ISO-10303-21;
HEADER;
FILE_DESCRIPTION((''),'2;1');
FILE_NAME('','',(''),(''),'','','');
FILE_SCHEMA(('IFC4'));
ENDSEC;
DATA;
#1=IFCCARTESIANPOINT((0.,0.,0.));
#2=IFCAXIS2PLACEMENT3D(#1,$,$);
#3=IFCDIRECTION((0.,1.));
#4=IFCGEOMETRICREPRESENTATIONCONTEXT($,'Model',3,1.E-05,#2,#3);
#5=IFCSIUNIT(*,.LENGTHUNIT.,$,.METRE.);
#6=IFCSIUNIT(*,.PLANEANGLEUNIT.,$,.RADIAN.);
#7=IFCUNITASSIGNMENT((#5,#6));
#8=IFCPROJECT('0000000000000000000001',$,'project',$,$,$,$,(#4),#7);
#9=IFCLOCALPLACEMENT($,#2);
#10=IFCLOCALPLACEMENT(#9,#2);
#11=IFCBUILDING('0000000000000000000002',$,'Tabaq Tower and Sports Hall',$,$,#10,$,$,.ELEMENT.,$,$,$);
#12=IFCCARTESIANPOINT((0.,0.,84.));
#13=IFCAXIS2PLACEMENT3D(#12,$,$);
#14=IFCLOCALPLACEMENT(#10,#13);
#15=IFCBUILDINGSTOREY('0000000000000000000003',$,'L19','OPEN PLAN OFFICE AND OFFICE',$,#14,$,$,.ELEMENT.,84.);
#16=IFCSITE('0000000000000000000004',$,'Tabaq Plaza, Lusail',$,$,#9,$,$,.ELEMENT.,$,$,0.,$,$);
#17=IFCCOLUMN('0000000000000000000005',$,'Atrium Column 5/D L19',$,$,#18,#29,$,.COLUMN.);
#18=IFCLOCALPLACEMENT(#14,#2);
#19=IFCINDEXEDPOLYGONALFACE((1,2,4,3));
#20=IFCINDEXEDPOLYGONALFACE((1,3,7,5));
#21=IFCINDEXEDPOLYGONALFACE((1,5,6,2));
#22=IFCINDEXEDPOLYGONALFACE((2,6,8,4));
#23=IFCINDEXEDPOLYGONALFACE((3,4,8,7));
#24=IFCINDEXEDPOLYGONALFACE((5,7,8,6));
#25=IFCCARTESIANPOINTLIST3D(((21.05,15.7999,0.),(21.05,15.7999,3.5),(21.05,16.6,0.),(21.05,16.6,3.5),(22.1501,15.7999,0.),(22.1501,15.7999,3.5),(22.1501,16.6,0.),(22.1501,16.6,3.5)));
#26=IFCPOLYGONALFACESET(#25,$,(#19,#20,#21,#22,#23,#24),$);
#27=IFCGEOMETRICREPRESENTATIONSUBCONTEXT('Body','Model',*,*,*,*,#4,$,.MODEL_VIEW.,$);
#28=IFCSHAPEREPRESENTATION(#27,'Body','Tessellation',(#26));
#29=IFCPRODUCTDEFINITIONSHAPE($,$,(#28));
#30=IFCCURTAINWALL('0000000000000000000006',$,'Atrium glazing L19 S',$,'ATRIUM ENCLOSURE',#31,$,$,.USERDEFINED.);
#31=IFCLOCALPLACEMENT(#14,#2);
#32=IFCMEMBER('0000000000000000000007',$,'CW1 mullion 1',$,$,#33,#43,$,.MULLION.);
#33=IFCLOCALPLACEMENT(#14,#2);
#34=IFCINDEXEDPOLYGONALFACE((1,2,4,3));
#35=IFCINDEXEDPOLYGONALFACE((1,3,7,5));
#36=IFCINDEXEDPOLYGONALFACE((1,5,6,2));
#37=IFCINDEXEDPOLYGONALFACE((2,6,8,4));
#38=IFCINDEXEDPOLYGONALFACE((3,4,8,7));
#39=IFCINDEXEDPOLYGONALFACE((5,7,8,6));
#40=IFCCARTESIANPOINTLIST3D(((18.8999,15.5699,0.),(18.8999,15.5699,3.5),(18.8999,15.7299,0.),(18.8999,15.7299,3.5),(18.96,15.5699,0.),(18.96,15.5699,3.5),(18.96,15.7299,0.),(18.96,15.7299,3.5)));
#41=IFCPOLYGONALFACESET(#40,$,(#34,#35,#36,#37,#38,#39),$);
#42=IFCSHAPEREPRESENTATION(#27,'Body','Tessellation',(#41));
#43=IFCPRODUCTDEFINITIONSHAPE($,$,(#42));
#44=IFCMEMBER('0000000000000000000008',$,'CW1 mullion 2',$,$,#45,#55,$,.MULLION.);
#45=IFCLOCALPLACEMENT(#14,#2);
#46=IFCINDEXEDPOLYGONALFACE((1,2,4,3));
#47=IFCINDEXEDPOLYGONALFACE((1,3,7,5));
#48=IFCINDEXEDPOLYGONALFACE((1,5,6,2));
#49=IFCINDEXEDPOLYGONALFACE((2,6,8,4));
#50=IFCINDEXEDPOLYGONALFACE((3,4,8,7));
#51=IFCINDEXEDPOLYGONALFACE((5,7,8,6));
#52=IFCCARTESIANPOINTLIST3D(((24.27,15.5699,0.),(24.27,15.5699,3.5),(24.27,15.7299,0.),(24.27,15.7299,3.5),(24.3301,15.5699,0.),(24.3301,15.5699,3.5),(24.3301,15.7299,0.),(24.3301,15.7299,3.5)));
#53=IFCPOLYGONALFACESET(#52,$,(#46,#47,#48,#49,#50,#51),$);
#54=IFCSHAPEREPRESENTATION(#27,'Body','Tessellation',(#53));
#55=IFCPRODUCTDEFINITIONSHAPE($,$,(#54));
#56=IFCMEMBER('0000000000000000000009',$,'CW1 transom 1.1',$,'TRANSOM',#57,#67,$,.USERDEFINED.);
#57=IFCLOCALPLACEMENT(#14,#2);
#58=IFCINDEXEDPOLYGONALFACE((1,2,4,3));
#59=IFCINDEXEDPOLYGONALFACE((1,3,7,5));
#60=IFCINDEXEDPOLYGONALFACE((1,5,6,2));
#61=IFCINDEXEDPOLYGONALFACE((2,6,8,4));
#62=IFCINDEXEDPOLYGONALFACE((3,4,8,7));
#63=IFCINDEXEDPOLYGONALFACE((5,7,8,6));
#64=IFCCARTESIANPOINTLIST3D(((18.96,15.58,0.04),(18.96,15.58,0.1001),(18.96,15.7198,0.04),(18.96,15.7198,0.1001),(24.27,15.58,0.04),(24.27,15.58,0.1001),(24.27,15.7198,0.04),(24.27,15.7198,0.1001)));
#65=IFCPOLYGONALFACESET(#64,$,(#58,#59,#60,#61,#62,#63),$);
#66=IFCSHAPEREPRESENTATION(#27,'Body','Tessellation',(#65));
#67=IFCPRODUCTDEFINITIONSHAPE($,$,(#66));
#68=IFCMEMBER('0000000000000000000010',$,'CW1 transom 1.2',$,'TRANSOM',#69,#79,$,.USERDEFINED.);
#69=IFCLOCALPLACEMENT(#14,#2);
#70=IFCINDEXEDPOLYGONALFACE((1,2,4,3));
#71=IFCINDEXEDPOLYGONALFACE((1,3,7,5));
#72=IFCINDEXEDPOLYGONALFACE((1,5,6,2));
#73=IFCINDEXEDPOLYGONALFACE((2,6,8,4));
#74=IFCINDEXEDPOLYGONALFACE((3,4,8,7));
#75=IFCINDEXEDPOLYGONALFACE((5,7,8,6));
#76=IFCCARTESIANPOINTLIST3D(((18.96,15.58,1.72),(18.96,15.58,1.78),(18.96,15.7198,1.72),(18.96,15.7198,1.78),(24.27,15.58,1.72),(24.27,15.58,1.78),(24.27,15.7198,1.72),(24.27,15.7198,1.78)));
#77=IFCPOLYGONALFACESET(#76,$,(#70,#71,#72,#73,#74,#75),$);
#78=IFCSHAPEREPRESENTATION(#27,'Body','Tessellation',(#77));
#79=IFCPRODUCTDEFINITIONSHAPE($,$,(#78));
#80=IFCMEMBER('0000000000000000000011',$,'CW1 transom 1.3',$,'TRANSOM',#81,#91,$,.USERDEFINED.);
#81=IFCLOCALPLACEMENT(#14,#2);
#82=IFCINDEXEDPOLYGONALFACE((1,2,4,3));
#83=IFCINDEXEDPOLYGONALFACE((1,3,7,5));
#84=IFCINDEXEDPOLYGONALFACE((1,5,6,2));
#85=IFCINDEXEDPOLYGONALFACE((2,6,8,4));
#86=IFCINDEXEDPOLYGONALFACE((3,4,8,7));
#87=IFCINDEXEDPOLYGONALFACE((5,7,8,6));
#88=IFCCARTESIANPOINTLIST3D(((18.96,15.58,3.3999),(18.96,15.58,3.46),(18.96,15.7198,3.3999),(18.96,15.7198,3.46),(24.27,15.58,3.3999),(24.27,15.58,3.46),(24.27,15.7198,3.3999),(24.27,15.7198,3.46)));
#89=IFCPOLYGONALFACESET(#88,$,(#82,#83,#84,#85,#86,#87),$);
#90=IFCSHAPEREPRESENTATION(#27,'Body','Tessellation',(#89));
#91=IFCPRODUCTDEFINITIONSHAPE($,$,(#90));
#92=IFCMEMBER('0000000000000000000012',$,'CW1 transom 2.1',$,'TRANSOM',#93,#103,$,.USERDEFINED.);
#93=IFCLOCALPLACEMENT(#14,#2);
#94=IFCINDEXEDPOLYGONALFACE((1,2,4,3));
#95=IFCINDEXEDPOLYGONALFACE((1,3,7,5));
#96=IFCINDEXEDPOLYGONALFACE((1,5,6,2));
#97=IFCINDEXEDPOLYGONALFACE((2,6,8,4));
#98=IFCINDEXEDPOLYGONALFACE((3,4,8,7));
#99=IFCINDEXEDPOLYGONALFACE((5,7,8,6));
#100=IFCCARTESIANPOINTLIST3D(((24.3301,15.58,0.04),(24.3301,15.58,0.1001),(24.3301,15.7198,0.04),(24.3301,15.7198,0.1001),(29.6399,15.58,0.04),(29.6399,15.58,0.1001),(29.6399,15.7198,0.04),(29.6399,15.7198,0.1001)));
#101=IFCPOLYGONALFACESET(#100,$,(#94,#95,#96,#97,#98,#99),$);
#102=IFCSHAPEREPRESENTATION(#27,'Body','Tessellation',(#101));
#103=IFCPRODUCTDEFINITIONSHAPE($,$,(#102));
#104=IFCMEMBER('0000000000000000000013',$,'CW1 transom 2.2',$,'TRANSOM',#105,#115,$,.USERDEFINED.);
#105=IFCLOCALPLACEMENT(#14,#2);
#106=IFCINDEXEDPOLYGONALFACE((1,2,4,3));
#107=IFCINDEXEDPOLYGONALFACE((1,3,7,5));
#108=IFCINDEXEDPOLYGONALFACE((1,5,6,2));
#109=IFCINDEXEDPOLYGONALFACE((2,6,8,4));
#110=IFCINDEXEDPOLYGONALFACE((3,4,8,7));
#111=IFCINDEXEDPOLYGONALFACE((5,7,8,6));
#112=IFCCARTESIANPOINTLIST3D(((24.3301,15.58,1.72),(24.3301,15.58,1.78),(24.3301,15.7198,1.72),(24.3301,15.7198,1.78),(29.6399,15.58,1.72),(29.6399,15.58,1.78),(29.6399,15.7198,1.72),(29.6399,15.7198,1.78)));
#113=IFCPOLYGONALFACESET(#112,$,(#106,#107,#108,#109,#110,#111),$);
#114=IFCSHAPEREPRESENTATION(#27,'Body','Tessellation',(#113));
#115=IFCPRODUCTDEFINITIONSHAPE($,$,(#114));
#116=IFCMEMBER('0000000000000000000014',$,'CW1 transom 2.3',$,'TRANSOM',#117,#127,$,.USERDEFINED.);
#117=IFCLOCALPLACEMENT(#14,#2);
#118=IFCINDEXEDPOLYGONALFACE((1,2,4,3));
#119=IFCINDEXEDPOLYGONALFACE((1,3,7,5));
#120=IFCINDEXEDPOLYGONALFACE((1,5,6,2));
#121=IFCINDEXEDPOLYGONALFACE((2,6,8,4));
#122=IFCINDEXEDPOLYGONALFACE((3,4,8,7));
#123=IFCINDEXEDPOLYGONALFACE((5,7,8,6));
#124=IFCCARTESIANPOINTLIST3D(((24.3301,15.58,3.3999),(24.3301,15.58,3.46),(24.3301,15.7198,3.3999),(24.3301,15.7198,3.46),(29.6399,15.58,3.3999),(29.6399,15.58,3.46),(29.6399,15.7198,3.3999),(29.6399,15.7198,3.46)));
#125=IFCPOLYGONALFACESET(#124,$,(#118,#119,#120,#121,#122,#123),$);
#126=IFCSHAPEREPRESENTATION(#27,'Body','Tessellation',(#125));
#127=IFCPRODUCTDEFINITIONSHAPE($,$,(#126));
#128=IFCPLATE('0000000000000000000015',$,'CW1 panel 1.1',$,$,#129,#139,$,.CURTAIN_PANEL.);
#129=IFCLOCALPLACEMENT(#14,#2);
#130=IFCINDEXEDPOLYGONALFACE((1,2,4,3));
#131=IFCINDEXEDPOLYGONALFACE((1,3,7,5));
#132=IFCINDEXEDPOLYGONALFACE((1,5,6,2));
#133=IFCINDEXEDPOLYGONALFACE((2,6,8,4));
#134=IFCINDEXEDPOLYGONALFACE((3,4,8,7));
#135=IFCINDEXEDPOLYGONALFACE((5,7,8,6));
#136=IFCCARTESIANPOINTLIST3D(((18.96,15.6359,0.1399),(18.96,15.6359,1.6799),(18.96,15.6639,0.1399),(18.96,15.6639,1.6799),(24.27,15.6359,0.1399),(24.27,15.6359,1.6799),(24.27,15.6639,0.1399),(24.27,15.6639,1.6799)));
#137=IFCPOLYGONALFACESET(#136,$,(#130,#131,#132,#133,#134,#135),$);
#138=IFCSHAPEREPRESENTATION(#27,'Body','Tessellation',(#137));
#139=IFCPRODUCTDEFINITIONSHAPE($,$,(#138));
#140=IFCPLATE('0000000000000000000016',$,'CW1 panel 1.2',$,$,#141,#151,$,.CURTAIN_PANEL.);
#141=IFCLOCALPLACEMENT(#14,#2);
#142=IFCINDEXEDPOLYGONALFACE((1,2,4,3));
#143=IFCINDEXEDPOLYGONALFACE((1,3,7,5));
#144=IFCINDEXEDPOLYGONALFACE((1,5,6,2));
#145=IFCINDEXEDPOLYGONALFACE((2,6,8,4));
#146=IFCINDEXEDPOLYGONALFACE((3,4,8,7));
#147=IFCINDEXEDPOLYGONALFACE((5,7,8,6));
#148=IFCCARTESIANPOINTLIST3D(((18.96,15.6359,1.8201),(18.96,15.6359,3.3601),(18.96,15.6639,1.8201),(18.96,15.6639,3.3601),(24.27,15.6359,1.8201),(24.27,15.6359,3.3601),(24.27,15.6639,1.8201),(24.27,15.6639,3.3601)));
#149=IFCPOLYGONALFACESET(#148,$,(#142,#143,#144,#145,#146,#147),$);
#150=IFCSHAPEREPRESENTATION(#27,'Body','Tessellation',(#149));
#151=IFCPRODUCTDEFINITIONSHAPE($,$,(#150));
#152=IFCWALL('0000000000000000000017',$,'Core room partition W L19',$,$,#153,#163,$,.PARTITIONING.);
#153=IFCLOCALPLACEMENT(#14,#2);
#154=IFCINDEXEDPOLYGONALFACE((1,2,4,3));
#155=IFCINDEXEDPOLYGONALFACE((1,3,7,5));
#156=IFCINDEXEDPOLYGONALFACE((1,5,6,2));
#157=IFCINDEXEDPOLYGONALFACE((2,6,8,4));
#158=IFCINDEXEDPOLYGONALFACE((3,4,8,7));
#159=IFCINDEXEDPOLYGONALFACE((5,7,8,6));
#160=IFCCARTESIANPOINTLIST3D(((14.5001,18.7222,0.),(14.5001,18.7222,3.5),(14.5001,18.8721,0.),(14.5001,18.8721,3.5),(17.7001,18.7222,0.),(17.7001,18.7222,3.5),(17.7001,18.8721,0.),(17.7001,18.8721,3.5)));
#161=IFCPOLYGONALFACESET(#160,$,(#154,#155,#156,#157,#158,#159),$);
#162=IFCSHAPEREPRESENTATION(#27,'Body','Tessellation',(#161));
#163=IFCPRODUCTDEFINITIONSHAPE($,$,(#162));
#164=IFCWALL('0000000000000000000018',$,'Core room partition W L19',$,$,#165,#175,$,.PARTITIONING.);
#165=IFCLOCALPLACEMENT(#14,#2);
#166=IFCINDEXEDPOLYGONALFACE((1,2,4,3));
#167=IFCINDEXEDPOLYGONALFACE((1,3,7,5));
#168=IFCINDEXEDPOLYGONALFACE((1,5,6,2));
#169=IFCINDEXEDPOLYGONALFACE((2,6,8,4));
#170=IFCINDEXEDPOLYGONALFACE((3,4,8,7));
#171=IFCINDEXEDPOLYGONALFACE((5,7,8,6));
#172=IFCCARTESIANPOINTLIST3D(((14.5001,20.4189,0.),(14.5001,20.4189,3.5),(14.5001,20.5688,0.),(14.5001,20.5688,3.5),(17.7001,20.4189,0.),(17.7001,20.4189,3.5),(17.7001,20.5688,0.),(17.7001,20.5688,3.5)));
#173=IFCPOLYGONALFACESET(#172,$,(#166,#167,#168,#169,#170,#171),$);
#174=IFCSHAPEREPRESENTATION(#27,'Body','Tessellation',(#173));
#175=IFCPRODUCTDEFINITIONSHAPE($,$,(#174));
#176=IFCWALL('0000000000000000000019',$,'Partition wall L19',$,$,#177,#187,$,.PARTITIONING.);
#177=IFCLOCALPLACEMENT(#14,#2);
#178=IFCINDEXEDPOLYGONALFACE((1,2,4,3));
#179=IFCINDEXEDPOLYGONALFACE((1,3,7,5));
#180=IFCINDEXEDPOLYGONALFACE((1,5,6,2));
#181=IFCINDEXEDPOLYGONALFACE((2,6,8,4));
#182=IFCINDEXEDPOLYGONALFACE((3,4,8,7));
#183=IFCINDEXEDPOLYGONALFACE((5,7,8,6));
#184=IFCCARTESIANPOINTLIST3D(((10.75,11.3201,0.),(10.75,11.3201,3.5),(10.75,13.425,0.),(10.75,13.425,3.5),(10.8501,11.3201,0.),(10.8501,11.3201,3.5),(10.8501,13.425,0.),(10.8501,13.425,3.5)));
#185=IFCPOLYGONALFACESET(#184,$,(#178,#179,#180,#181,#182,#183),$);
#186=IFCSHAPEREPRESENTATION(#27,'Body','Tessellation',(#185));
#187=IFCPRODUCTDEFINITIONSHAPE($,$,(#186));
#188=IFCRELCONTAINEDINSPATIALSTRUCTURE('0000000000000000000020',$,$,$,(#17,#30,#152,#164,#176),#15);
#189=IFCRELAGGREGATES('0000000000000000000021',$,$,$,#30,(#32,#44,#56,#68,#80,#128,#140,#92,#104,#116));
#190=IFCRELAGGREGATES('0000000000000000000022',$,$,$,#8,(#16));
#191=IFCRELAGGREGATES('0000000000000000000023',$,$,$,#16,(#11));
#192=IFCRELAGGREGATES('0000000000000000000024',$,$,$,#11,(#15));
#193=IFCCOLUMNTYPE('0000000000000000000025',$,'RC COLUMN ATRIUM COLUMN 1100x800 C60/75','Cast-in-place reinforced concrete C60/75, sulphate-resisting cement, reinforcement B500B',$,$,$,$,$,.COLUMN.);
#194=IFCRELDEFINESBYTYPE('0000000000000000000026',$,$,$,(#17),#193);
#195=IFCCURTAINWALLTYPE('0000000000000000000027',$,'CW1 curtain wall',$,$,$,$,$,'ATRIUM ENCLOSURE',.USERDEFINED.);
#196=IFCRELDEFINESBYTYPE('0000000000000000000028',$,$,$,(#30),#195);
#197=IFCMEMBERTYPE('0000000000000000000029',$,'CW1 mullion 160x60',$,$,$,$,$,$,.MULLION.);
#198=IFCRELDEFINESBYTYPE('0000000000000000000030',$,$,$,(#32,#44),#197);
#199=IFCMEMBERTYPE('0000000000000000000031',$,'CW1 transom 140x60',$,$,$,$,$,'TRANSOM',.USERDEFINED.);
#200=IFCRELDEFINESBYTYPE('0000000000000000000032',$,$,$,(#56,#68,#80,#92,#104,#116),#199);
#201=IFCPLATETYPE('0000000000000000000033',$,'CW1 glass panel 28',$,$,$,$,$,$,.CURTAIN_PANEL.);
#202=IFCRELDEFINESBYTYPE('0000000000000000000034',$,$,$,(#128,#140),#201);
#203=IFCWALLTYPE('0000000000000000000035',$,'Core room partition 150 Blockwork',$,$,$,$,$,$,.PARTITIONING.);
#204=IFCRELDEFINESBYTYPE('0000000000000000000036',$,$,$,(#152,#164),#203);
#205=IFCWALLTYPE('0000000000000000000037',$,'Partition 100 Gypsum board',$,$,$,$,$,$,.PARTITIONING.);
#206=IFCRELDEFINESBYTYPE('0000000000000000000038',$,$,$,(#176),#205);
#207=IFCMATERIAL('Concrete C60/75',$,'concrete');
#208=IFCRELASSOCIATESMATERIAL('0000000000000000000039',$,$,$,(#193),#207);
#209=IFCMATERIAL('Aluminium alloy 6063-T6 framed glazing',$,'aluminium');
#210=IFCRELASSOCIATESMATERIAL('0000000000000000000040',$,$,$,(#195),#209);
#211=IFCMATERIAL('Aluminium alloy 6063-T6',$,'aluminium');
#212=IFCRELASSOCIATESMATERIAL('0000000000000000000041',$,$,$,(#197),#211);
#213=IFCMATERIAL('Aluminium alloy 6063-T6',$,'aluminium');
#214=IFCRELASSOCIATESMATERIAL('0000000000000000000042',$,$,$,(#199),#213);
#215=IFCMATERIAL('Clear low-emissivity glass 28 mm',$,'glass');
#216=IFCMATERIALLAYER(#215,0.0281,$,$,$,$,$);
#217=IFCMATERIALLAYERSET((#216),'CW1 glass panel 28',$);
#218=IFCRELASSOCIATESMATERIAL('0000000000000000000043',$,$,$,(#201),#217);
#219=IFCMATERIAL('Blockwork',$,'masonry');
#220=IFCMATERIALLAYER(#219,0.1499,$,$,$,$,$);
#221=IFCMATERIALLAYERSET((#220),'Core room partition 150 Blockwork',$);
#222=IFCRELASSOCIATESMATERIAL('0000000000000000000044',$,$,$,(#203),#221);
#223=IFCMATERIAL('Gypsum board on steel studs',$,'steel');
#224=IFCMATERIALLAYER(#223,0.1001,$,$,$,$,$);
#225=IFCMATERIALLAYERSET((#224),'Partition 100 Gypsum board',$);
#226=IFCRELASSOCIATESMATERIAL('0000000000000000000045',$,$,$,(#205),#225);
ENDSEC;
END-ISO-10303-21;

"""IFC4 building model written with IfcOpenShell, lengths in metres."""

from ifc_helpers import new_model, si_unit, direction, frame, frame_2d, origin, origin_2d, place, context, subcontext, project, spatial, rectangle, extrude, material, layer, layer_set, material_profile, profile_set, type_object, element, aggregate, save


model = new_model("IFC4")

# Units and contexts
model_context = context("Model", 3, precision=1e-05, world=origin(), true_north=direction((0.0, 1.0)))
body_context = subcontext(model_context, "Body", "Model", "MODEL_VIEW")
ifc_project = project(units=[si_unit("LENGTHUNIT", "METRE"), si_unit("PLANEANGLEUNIT", "RADIAN")], contexts=[model_context])

# Site, building, storey
site_placement = place(None, origin())
site = spatial("IfcSite", under=ifc_project, at=site_placement, Name="Tabaq Plaza, Lusail", CompositionType="ELEMENT", RefElevation=0.0)
building_placement = place(site_placement, origin())
building = spatial("IfcBuilding", under=site, at=building_placement, Name="Tabaq Tower and Sports Hall", CompositionType="ELEMENT")
storey_placement = place(building_placement, frame((0.0, 0.0, 84.0)))
storey = spatial("IfcBuildingStorey", under=building, at=storey_placement, Name="L19", Description="OPEN PLAN OFFICE AND OFFICE", CompositionType="ELEMENT", Elevation=84.0)

# Column
ifc_material_1 = material(Name="Concrete C60/75", Category="concrete")
ifc_material_profile_1 = material_profile(ifc_material_1, rectangle(XDim=1.1001, YDim=0.8, at=origin_2d()), Name="ATRIUM COLUMN 1100x800")
ifc_profile_set_1 = profile_set([ifc_material_profile_1], Name="Concrete C60/75")
column_type = type_object("IfcColumnType", Name="RC COLUMN ATRIUM COLUMN 1100x800 C60/75", Description="Cast-in-place reinforced concrete C60/75, sulphate-resisting cement, reinforcement B500B", PredefinedType="COLUMN", material=ifc_profile_set_1)
column_placement = place(storey_placement, frame((21.6001, 16.2, 0.0), z_axis=(0.0, 0.0, 1.0), x_axis=(1.0, 0.0, 0.0)))
element("IfcColumn", 1, at=column_placement, inside=storey, type_object=column_type, Name="Atrium Column 5/D L19", PredefinedType="COLUMN", context=body_context, shape_type="SweptSolid", body=[
    extrude(rectangle(XDim=1.1001, YDim=0.8, at=origin_2d()), origin(), (0.0, 0.0, 1.0), 3.5),
])

# Curtain wall, members, plates
ifc_material_2 = material(Name="Aluminium alloy 6063-T6 framed glazing", Category="aluminium")
curtain_wall_type = type_object("IfcCurtainWallType", Name="CW1 curtain wall", ElementType="ATRIUM ENCLOSURE", PredefinedType="USERDEFINED", material=ifc_material_2)
curtain_wall_placement = place(storey_placement, origin())
curtain_wall = element("IfcCurtainWall", 2, at=curtain_wall_placement, inside=storey, type_object=curtain_wall_type, Name="Atrium glazing L19 S", ObjectType="ATRIUM ENCLOSURE", PredefinedType="USERDEFINED")
ifc_material_3 = material(Name="Aluminium alloy 6063-T6", Category="aluminium")
ifc_material_profile_2 = material_profile(ifc_material_3, rectangle(XDim=0.1599, YDim=0.0601, at=origin_2d()), Name="MULLION 160x60")
ifc_profile_set_2 = profile_set([ifc_material_profile_2], Name="Aluminium alloy 6063-T6")
member_type_1 = type_object("IfcMemberType", Name="CW1 mullion 160x60", PredefinedType="MULLION", material=ifc_profile_set_2)
member_1_placement = place(storey_placement, frame((18.9299, 15.6499, 0.0), z_axis=(0.0, 0.0, 1.0), x_axis=(0.0, 1.0, 0.0)))
member_1 = element("IfcMember", 3, at=member_1_placement, type_object=member_type_1, Name="CW1 mullion 1", PredefinedType="MULLION", context=body_context, shape_type="SweptSolid", body=[
    extrude(rectangle(XDim=0.1599, YDim=0.0601, at=origin_2d()), origin(), (0.0, 0.0, 1.0), 3.5),
])
member_2_placement = place(storey_placement, frame((24.3, 15.6499, 0.0), z_axis=(0.0, 0.0, 1.0), x_axis=(0.0, 1.0, 0.0)))
member_2 = element("IfcMember", 4, at=member_2_placement, type_object=member_type_1, Name="CW1 mullion 2", PredefinedType="MULLION", context=body_context, shape_type="SweptSolid", body=[
    extrude(rectangle(XDim=0.1599, YDim=0.0601, at=origin_2d()), origin(), (0.0, 0.0, 1.0), 3.5),
])
ifc_material_4 = material(Name="Aluminium alloy 6063-T6", Category="aluminium")
ifc_material_profile_3 = material_profile(ifc_material_4, rectangle(XDim=0.1399, YDim=0.0601, at=origin_2d()), Name="TRANSOM 140x60")
ifc_profile_set_3 = profile_set([ifc_material_profile_3], Name="Aluminium alloy 6063-T6")
member_type_2 = type_object("IfcMemberType", Name="CW1 transom 140x60", ElementType="TRANSOM", PredefinedType="USERDEFINED", material=ifc_profile_set_3)
member_3_placement = place(storey_placement, frame((18.96, 15.6499, 0.0701), z_axis=(1.0, 0.0, 0.0), x_axis=(0.0, 1.0, 0.0)))
member_3 = element("IfcMember", 5, at=member_3_placement, type_object=member_type_2, Name="CW1 transom 1.1", ObjectType="TRANSOM", PredefinedType="USERDEFINED", context=body_context, shape_type="SweptSolid", body=[
    extrude(rectangle(XDim=0.1399, YDim=0.0601, at=origin_2d()), origin(), (0.0, 0.0, 1.0), 5.3101),
])
member_4_placement = place(storey_placement, frame((18.96, 15.6499, 1.75), z_axis=(1.0, 0.0, 0.0), x_axis=(0.0, 1.0, 0.0)))
member_4 = element("IfcMember", 6, at=member_4_placement, type_object=member_type_2, Name="CW1 transom 1.2", ObjectType="TRANSOM", PredefinedType="USERDEFINED", context=body_context, shape_type="SweptSolid", body=[
    extrude(rectangle(XDim=0.1399, YDim=0.0601, at=origin_2d()), origin(), (0.0, 0.0, 1.0), 5.3101),
])
member_5_placement = place(storey_placement, frame((18.96, 15.6499, 3.4299), z_axis=(1.0, 0.0, 0.0), x_axis=(0.0, 1.0, 0.0)))
member_5 = element("IfcMember", 7, at=member_5_placement, type_object=member_type_2, Name="CW1 transom 1.3", ObjectType="TRANSOM", PredefinedType="USERDEFINED", context=body_context, shape_type="SweptSolid", body=[
    extrude(rectangle(XDim=0.1399, YDim=0.0601, at=origin_2d()), origin(), (0.0, 0.0, 1.0), 5.3101),
])
member_6_placement = place(storey_placement, frame((24.3301, 15.6499, 0.0701), z_axis=(1.0, 0.0, 0.0), x_axis=(0.0, 1.0, 0.0)))
member_6 = element("IfcMember", 8, at=member_6_placement, type_object=member_type_2, Name="CW1 transom 2.1", ObjectType="TRANSOM", PredefinedType="USERDEFINED", context=body_context, shape_type="SweptSolid", body=[
    extrude(rectangle(XDim=0.1399, YDim=0.0601, at=origin_2d()), origin(), (0.0, 0.0, 1.0), 5.3098),
])
member_7_placement = place(storey_placement, frame((24.3301, 15.6499, 1.75), z_axis=(1.0, 0.0, 0.0), x_axis=(0.0, 1.0, 0.0)))
member_7 = element("IfcMember", 9, at=member_7_placement, type_object=member_type_2, Name="CW1 transom 2.2", ObjectType="TRANSOM", PredefinedType="USERDEFINED", context=body_context, shape_type="SweptSolid", body=[
    extrude(rectangle(XDim=0.1399, YDim=0.0601, at=origin_2d()), origin(), (0.0, 0.0, 1.0), 5.3098),
])
member_8_placement = place(storey_placement, frame((24.3301, 15.6499, 3.4299), z_axis=(1.0, 0.0, 0.0), x_axis=(0.0, 1.0, 0.0)))
member_8 = element("IfcMember", 10, at=member_8_placement, type_object=member_type_2, Name="CW1 transom 2.3", ObjectType="TRANSOM", PredefinedType="USERDEFINED", context=body_context, shape_type="SweptSolid", body=[
    extrude(rectangle(XDim=0.1399, YDim=0.0601, at=origin_2d()), origin(), (0.0, 0.0, 1.0), 5.3098),
])
ifc_material_5 = material(Name="Clear low-emissivity glass 28 mm", Category="glass")
ifc_layer_1 = layer(ifc_material_5, 0.0281)
ifc_layer_set_1 = layer_set([ifc_layer_1], Name="CW1 glass panel 28")
plate_type = type_object("IfcPlateType", Name="CW1 glass panel 28", PredefinedType="CURTAIN_PANEL", material=ifc_layer_set_1)
plate_1_placement = place(storey_placement, frame((21.615, 15.6499, 0.1399), z_axis=(0.0, 0.0, 1.0), x_axis=(1.0, 0.0, 0.0)))
plate_1 = element("IfcPlate", 11, at=plate_1_placement, type_object=plate_type, Name="CW1 panel 1.1", PredefinedType="CURTAIN_PANEL", context=body_context, shape_type="SweptSolid", body=[
    extrude(rectangle(XDim=5.3101, YDim=0.0281, at=origin_2d()), origin(), (0.0, 0.0, 1.0), 1.54),
])
plate_2_placement = place(storey_placement, frame((21.615, 15.6499, 1.8201), z_axis=(0.0, 0.0, 1.0), x_axis=(1.0, 0.0, 0.0)))
plate_2 = element("IfcPlate", 12, at=plate_2_placement, type_object=plate_type, Name="CW1 panel 1.2", PredefinedType="CURTAIN_PANEL", context=body_context, shape_type="SweptSolid", body=[
    extrude(rectangle(XDim=5.3101, YDim=0.0281, at=origin_2d()), origin(), (0.0, 0.0, 1.0), 1.54),
])
aggregate(curtain_wall, [member_1, member_2, member_3, member_4, member_5, plate_1, plate_2, member_6, member_7, member_8])

# Walls
ifc_material_6 = material(Name="Blockwork", Category="masonry")
ifc_layer_2 = layer(ifc_material_6, 0.1499)
ifc_layer_set_2 = layer_set([ifc_layer_2], Name="Core room partition 150 Blockwork")
wall_type_1 = type_object("IfcWallType", Name="Core room partition 150 Blockwork", PredefinedType="PARTITIONING", material=ifc_layer_set_2)
for number, where, z_axis, x_axis, name in (
    (13, (14.5, 18.7971, 0.0), (0.0, 0.0, 1.0), (1.0, 0.0, 0.0), "Core room partition W L19"),
    (14, (14.5, 20.4939, 0.0), (0.0, 0.0, 1.0), (1.0, 0.0, 0.0), "Core room partition W L19"),
):
    element("IfcWall", number, at=place(storey_placement, frame(where, z_axis=z_axis, x_axis=x_axis)), inside=storey, type_object=wall_type_1, Name=name, PredefinedType="PARTITIONING", context=body_context, shape_type="SweptSolid", body=[
        extrude(rectangle(XDim=3.2, YDim=0.1499, at=frame_2d((1.6001, 0.0))), origin(), (0.0, 0.0, 1.0), 3.5),
    ])

# Wall
ifc_material_7 = material(Name="Gypsum board on steel studs", Category="steel")
ifc_layer_3 = layer(ifc_material_7, 0.1001)
ifc_layer_set_3 = layer_set([ifc_layer_3], Name="Partition 100 Gypsum board")
wall_type_2 = type_object("IfcWallType", Name="Partition 100 Gypsum board", PredefinedType="PARTITIONING", material=ifc_layer_set_3)
for number, where, z_axis, x_axis, name in (
    (15, (10.8, 11.3201, 0.0), (0.0, 0.0, 1.0), (0.0, 1.0, 0.0), "Partition wall L19"),
):
    element("IfcWall", number, at=place(storey_placement, frame(where, z_axis=z_axis, x_axis=x_axis)), inside=storey, type_object=wall_type_2, Name=name, PredefinedType="PARTITIONING", context=body_context, shape_type="SweptSolid", body=[
        extrude(rectangle(XDim=2.105, YDim=0.1001, at=frame_2d((1.0525, 0.0))), origin(), (0.0, 0.0, 1.0), 3.5),
    ])

save(model, "model.ifc")
